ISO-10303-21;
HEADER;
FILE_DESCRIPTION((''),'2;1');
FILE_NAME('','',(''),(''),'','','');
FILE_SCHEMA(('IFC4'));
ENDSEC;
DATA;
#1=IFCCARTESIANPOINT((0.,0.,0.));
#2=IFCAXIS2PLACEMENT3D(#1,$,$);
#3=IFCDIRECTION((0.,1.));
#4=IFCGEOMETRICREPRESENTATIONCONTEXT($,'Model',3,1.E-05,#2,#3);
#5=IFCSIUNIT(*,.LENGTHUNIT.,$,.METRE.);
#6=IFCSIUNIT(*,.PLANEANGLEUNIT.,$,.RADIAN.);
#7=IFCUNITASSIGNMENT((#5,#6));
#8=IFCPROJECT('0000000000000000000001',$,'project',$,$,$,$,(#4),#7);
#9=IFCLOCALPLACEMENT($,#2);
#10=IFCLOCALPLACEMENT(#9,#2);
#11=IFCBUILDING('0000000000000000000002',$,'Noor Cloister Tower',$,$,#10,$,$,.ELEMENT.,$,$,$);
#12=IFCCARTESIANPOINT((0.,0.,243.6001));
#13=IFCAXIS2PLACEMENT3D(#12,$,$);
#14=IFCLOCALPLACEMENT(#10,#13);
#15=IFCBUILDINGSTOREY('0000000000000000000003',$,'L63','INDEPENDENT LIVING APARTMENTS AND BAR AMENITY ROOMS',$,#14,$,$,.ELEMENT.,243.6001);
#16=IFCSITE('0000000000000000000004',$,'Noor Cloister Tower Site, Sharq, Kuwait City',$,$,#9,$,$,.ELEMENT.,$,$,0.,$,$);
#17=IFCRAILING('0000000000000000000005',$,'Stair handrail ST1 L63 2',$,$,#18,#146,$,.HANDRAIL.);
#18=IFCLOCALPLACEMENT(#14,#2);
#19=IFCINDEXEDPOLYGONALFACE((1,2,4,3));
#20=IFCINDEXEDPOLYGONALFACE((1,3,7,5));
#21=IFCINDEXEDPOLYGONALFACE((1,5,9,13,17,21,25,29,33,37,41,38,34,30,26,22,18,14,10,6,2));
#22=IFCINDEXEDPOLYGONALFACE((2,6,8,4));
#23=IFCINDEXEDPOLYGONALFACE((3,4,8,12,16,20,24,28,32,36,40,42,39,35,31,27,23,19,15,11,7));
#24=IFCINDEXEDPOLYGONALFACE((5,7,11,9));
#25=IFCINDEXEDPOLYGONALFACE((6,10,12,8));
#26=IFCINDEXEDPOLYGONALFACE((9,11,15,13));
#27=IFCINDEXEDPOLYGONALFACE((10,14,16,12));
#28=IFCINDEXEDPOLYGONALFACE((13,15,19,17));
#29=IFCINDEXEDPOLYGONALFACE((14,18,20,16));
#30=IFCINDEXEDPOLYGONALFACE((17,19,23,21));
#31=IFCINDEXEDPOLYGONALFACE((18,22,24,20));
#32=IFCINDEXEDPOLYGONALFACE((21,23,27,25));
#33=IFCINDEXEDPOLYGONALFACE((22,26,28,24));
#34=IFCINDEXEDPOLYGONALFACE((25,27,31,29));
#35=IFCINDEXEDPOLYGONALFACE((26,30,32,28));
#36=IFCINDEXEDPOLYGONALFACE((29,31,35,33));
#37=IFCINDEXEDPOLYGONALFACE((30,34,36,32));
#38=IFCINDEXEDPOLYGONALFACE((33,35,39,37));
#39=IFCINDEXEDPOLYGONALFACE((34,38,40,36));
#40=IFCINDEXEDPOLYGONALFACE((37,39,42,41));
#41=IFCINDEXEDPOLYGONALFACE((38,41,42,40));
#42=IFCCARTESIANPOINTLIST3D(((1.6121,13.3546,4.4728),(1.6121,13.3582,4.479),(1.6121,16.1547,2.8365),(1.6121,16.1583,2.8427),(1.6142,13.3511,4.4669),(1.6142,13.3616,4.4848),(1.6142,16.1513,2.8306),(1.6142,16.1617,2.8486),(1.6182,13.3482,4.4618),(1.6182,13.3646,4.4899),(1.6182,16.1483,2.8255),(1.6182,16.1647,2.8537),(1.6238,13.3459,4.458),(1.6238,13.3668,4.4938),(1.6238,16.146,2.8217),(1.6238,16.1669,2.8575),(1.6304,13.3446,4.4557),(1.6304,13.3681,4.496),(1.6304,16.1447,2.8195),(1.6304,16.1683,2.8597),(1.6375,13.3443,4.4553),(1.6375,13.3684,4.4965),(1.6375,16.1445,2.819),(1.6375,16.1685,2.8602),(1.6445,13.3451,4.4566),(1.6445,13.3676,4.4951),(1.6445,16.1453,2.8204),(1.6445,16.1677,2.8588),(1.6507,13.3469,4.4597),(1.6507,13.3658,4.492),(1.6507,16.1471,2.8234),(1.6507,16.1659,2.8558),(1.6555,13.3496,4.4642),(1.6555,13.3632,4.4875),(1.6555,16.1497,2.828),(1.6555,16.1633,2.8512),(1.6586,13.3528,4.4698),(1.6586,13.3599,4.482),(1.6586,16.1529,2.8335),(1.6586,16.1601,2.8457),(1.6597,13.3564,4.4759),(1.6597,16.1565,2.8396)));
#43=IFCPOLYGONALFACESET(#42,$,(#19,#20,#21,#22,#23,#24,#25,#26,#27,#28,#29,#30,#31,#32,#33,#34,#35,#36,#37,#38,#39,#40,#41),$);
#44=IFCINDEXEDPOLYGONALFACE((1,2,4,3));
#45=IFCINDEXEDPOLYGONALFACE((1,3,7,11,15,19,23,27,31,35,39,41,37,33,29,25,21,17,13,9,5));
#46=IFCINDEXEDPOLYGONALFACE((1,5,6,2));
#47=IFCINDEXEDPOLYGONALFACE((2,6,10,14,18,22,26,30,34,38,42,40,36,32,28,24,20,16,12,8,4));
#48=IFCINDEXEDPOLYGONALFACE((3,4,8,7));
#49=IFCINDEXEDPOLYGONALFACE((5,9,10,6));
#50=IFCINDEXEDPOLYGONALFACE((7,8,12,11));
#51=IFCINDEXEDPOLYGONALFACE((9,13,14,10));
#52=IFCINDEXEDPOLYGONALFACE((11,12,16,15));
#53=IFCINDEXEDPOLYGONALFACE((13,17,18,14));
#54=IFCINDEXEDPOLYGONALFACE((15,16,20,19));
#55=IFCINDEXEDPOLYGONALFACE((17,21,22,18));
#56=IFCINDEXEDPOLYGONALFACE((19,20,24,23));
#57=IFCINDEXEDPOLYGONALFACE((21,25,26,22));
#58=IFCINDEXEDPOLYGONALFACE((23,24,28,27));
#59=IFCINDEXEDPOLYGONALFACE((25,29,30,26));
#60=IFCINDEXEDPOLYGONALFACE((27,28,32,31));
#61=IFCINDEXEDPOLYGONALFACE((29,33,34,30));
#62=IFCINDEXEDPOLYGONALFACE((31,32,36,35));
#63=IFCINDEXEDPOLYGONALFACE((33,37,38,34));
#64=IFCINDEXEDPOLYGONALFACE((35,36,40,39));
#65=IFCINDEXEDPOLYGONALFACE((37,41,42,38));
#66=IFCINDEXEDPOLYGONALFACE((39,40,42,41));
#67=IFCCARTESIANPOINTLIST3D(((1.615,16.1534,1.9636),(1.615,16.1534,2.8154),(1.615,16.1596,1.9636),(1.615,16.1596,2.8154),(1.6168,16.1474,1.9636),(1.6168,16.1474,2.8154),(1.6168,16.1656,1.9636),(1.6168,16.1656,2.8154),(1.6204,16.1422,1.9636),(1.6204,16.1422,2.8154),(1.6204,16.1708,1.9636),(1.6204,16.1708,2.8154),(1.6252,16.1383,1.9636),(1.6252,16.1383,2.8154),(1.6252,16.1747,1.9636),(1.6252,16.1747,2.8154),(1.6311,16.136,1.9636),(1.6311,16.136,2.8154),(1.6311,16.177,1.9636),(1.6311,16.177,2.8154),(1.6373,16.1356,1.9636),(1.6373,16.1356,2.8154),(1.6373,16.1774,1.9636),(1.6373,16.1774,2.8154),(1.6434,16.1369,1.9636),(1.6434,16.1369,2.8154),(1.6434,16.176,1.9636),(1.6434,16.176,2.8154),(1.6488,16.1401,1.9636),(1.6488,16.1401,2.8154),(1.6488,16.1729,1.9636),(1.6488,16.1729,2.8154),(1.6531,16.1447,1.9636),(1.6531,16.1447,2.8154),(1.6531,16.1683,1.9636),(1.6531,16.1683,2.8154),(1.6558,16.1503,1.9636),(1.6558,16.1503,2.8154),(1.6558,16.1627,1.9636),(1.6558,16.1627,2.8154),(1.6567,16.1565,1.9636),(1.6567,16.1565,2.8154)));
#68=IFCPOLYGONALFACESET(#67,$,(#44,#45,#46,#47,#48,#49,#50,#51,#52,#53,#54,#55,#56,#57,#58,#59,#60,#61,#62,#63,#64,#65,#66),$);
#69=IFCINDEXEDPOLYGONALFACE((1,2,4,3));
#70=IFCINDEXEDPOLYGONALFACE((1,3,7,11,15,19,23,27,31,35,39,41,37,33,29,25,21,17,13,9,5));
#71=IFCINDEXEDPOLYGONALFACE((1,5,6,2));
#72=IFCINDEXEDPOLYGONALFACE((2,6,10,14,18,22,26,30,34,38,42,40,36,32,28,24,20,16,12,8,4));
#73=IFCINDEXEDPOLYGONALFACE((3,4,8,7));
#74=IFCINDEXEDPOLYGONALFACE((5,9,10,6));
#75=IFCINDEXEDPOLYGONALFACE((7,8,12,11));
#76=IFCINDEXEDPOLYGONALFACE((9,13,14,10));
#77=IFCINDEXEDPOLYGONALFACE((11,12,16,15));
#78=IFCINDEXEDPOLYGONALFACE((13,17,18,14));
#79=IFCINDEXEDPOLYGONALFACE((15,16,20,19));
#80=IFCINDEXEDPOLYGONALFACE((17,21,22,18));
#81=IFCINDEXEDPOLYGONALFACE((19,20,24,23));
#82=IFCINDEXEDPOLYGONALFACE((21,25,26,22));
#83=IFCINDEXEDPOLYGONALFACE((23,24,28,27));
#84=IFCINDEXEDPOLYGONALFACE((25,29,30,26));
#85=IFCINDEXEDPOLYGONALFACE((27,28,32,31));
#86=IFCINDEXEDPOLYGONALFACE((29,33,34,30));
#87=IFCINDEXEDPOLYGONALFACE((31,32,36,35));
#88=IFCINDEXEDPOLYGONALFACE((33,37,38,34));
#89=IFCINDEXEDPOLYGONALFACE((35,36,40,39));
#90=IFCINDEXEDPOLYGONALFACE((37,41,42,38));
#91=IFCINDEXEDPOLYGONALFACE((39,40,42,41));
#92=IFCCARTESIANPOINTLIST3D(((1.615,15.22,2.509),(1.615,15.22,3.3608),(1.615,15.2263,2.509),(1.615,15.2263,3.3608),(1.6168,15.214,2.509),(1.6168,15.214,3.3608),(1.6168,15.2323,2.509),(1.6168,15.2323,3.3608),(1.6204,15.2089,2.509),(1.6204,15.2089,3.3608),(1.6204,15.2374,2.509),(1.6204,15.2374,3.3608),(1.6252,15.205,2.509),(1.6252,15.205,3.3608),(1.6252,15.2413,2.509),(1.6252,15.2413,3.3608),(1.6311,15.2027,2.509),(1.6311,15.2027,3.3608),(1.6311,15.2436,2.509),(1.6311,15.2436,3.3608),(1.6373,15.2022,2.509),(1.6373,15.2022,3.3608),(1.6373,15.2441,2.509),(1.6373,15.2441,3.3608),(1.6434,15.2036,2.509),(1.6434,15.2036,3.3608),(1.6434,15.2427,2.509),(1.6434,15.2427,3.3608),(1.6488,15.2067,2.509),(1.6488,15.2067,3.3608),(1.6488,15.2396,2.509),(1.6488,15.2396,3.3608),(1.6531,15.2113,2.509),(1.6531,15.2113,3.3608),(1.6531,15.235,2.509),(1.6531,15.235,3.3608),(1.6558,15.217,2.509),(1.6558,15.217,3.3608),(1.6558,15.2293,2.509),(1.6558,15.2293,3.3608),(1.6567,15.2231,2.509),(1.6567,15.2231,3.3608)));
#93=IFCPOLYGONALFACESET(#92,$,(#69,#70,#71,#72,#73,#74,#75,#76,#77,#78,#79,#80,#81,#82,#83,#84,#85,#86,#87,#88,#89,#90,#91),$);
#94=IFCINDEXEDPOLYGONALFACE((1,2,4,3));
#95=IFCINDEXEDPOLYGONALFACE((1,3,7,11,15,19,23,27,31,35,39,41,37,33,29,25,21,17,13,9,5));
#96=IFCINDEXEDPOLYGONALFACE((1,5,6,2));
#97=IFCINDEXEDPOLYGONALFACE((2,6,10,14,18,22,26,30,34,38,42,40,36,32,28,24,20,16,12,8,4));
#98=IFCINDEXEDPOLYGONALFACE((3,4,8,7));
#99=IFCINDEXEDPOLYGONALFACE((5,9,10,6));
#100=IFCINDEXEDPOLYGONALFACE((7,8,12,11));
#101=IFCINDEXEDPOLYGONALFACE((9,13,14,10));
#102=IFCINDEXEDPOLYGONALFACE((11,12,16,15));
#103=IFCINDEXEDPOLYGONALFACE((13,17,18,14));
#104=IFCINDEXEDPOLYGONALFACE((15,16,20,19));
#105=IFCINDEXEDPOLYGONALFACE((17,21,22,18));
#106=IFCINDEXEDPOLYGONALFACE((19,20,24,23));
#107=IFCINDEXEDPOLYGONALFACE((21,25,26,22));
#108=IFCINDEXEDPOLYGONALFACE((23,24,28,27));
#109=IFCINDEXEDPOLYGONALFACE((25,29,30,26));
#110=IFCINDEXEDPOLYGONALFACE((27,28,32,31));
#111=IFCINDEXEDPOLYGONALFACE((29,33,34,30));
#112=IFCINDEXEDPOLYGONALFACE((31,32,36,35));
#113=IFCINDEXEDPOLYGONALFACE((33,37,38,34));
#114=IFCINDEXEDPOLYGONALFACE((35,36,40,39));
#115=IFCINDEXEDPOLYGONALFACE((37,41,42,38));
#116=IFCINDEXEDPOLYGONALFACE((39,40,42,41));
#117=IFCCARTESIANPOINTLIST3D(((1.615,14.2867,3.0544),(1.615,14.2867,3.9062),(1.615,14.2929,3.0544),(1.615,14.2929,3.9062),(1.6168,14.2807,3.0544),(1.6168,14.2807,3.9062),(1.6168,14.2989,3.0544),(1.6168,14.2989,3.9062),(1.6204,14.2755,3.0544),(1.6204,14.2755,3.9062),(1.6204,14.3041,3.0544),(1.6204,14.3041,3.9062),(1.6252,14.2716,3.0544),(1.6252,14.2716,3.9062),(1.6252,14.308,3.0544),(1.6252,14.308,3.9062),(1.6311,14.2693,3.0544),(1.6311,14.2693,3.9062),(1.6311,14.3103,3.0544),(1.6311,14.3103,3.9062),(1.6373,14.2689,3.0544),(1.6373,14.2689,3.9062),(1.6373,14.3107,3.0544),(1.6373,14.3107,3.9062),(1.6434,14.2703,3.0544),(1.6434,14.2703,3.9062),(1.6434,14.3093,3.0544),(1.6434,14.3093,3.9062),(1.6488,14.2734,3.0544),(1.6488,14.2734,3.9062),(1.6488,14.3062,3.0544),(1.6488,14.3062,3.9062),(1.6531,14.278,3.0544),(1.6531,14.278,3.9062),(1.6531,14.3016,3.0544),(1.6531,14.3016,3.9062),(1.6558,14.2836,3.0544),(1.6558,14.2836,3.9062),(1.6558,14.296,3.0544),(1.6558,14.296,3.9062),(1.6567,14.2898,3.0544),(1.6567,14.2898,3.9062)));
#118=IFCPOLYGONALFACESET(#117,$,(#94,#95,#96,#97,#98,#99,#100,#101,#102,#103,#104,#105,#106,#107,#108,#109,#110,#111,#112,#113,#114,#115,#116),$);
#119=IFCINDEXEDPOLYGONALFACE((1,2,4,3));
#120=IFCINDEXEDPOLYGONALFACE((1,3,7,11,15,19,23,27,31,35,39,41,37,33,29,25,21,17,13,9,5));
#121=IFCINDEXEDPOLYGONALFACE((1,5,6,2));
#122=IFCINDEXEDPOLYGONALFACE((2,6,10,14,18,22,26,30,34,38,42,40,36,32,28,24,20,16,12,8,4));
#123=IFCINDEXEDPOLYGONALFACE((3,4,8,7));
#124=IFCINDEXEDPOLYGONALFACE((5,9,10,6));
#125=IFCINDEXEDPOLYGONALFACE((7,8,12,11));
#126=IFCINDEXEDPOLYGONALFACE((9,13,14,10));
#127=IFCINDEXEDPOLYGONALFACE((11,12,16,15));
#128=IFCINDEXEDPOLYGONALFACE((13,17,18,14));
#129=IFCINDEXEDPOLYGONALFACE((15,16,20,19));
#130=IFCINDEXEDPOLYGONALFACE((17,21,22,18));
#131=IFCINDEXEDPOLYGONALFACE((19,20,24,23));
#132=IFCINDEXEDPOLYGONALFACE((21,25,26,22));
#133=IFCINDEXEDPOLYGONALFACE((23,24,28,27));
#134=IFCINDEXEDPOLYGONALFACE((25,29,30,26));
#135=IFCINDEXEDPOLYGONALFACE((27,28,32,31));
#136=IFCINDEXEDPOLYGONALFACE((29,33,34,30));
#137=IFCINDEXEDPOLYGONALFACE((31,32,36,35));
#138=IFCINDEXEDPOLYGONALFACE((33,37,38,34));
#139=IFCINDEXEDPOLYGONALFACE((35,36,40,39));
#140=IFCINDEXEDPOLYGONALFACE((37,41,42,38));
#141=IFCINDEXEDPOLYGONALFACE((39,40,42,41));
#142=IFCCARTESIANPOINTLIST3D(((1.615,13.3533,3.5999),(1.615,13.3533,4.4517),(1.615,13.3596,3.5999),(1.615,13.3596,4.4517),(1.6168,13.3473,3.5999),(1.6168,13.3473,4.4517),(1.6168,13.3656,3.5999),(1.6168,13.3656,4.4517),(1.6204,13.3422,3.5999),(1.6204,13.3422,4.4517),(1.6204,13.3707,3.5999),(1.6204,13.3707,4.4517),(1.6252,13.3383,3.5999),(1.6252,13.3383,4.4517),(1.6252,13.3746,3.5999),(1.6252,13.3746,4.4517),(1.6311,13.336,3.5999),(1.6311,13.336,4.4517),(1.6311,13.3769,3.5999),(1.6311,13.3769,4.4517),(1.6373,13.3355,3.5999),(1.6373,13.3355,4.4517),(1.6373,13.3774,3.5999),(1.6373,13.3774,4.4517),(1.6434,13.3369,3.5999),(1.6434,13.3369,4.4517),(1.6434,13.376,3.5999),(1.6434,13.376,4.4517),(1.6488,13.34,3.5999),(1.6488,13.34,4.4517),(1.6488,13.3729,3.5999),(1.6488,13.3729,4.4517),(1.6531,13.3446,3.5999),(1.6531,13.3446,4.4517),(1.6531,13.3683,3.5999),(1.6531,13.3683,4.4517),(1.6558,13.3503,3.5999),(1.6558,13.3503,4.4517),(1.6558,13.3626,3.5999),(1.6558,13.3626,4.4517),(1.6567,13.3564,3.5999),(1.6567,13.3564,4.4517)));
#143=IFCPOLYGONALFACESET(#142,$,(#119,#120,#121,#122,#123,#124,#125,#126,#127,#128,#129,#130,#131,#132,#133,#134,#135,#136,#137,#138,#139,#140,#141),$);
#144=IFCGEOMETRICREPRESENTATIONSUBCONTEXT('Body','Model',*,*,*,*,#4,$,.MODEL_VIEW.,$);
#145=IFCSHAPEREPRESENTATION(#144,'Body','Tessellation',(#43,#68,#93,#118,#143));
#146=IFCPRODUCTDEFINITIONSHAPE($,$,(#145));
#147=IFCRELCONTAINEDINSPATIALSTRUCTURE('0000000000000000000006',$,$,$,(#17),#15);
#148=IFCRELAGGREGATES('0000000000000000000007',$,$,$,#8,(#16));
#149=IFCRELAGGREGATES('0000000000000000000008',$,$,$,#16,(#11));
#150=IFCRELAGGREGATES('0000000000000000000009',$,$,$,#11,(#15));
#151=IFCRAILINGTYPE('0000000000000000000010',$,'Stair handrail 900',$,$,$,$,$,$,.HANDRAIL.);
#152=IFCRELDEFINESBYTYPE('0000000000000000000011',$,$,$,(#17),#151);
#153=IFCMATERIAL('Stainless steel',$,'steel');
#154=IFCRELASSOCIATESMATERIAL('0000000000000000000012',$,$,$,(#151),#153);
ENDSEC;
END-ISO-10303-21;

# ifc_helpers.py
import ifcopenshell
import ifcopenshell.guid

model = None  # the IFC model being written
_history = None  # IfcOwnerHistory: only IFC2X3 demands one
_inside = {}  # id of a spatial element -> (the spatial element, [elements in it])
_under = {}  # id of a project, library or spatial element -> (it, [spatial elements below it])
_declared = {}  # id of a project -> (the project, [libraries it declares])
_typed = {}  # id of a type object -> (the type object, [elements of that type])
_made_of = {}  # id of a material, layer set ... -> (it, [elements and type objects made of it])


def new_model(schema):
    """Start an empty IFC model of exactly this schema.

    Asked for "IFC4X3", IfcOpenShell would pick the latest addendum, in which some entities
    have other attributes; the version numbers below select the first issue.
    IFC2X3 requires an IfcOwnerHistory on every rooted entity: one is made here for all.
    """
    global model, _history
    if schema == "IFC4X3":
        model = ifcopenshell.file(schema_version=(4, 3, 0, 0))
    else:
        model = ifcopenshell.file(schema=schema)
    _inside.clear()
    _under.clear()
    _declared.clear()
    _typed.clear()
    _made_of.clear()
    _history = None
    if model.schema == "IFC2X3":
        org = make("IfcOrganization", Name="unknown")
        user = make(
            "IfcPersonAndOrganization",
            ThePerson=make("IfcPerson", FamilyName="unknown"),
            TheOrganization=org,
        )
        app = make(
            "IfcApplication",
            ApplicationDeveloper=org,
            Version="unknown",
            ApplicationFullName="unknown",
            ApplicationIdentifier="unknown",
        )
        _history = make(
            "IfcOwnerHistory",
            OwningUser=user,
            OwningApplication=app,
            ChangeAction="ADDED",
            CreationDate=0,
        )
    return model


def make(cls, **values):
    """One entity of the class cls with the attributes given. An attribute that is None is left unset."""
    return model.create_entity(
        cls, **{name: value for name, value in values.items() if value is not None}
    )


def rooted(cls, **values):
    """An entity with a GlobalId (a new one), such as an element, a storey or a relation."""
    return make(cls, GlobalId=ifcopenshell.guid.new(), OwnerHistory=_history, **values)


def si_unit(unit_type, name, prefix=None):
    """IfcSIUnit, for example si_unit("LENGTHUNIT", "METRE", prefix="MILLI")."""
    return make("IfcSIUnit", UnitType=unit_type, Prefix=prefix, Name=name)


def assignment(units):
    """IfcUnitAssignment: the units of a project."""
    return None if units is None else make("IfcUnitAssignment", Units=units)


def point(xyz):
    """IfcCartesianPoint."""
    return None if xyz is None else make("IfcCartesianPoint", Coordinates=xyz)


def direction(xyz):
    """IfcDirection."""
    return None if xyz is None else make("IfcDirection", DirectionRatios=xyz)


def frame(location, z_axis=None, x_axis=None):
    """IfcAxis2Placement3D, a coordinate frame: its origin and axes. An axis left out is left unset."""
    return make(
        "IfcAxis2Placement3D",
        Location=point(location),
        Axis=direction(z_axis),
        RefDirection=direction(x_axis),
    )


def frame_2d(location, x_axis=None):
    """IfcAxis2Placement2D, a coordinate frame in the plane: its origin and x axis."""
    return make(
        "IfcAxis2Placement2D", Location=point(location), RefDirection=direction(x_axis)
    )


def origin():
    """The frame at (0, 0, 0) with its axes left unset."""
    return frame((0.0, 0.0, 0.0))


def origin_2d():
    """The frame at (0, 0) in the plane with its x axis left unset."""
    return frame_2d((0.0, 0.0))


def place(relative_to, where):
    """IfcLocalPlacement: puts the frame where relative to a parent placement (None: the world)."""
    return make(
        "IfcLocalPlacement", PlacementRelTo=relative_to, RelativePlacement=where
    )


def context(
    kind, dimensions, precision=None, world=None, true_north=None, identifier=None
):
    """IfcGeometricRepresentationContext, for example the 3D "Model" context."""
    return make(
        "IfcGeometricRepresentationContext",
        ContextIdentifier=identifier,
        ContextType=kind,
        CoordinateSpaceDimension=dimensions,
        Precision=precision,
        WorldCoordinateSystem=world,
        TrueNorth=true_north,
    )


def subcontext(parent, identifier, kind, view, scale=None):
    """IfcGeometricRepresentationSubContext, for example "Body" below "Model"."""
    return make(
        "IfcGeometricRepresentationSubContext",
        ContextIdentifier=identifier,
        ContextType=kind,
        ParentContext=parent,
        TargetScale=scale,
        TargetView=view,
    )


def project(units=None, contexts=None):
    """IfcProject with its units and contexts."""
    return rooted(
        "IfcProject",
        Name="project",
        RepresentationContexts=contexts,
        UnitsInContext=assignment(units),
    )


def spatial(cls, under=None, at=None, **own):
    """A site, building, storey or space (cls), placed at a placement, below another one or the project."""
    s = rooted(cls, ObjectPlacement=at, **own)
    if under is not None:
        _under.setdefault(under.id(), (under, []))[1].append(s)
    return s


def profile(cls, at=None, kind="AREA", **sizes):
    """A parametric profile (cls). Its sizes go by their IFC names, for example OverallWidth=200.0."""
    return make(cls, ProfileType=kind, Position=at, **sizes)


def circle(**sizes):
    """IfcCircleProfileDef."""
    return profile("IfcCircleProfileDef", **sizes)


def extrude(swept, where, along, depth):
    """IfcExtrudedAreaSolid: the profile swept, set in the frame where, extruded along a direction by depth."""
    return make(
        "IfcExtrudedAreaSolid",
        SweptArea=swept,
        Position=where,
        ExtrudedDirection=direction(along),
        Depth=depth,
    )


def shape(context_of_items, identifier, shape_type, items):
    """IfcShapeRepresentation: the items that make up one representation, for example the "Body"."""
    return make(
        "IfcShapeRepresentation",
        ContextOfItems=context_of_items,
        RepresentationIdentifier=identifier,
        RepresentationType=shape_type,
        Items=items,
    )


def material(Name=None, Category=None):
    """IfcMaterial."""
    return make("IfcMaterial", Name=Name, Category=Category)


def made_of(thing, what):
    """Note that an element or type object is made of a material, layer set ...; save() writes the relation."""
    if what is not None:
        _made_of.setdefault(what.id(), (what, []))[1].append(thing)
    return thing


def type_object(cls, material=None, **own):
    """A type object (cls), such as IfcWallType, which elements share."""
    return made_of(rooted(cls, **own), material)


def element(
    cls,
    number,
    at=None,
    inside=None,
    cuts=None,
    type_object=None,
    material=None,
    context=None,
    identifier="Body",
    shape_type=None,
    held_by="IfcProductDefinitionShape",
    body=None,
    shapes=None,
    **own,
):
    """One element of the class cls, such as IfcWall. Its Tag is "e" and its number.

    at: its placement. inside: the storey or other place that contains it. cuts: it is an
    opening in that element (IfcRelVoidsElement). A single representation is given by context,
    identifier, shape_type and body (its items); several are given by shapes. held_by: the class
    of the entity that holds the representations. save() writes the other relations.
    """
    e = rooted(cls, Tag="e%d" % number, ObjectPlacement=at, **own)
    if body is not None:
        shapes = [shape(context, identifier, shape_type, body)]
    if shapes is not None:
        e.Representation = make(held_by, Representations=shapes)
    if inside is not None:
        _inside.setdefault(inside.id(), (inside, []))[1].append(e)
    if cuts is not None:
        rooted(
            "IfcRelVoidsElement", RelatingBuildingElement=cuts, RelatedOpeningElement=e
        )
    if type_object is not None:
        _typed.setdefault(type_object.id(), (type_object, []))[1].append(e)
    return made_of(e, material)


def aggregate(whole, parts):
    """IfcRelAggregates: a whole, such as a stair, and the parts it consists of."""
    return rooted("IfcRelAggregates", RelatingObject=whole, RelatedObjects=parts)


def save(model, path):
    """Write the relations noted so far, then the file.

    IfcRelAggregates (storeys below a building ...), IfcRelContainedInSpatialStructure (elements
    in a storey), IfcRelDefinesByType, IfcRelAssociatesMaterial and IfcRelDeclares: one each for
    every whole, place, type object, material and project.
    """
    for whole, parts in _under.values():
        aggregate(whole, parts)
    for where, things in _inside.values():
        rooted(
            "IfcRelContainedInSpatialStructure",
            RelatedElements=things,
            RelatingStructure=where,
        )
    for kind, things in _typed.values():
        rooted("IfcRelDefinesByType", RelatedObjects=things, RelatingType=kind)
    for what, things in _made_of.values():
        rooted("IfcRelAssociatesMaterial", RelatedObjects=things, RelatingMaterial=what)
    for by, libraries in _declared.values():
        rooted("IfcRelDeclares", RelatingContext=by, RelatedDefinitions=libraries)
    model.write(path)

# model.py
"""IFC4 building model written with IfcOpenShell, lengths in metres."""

from ifc_helpers import new_model, si_unit, direction, frame, origin, origin_2d, place, context, subcontext, project, spatial, circle, extrude, material, type_object, element, save


model = new_model("IFC4")

# Units and contexts
model_context = context("Model", 3, precision=1e-05, world=origin(), true_north=direction((0.0, 1.0)))
body_context = subcontext(model_context, "Body", "Model", "MODEL_VIEW")
ifc_project = project(units=[si_unit("LENGTHUNIT", "METRE"), si_unit("PLANEANGLEUNIT", "RADIAN")], contexts=[model_context])

# Site, building, storey
site_placement = place(None, origin())
site = spatial("IfcSite", under=ifc_project, at=site_placement, Name="Noor Cloister Tower Site, Sharq, Kuwait City", CompositionType="ELEMENT", RefElevation=0.0)
building_placement = place(site_placement, origin())
building = spatial("IfcBuilding", under=site, at=building_placement, Name="Noor Cloister Tower", CompositionType="ELEMENT")
storey_placement = place(building_placement, frame((0.0, 0.0, 243.6001)))
storey = spatial("IfcBuildingStorey", under=building, at=storey_placement, Name="L63", Description="INDEPENDENT LIVING APARTMENTS AND BAR AMENITY ROOMS", CompositionType="ELEMENT", Elevation=243.6001)

# Railing
ifc_material_1 = material(Name="Stainless steel", Category="steel")
railing_type_1 = type_object("IfcRailingType", Name="Stair handrail 900", PredefinedType="HANDRAIL", material=ifc_material_1)
railing_1_placement = place(storey_placement, frame((1.6357, 16.1565, 1.9636)))
element("IfcRailing", 1, at=railing_1_placement, inside=storey, type_object=railing_type_1, Name="Stair handrail ST1 L63 2", PredefinedType="HANDRAIL", context=body_context, shape_type="SweptSolid", body=[
    extrude(circle(Radius=0.0239, at=origin_2d()), frame((0.0, 0.0, 0.876), z_axis=(0.0, -0.863394, 0.504531), x_axis=(1.0, 0.0, 0.0)), (0.0, 0.0, 1.0), 3.2432),
    extrude(circle(Radius=0.021, at=origin_2d()), origin(), (0.0, 0.0, 1.0), 0.8518),
    extrude(circle(Radius=0.021, at=origin_2d()), frame((0.0, -0.9333, 0.5454)), (0.0, 0.0, 1.0), 0.8518),
    extrude(circle(Radius=0.021, at=origin_2d()), frame((0.0, -1.8667, 1.0908)), (0.0, 0.0, 1.0), 0.8518),
    extrude(circle(Radius=0.021, at=origin_2d()), frame((0.0, -2.8, 1.6362)), (0.0, 0.0, 1.0), 0.8518),
])

save(model, "model.ifc")
